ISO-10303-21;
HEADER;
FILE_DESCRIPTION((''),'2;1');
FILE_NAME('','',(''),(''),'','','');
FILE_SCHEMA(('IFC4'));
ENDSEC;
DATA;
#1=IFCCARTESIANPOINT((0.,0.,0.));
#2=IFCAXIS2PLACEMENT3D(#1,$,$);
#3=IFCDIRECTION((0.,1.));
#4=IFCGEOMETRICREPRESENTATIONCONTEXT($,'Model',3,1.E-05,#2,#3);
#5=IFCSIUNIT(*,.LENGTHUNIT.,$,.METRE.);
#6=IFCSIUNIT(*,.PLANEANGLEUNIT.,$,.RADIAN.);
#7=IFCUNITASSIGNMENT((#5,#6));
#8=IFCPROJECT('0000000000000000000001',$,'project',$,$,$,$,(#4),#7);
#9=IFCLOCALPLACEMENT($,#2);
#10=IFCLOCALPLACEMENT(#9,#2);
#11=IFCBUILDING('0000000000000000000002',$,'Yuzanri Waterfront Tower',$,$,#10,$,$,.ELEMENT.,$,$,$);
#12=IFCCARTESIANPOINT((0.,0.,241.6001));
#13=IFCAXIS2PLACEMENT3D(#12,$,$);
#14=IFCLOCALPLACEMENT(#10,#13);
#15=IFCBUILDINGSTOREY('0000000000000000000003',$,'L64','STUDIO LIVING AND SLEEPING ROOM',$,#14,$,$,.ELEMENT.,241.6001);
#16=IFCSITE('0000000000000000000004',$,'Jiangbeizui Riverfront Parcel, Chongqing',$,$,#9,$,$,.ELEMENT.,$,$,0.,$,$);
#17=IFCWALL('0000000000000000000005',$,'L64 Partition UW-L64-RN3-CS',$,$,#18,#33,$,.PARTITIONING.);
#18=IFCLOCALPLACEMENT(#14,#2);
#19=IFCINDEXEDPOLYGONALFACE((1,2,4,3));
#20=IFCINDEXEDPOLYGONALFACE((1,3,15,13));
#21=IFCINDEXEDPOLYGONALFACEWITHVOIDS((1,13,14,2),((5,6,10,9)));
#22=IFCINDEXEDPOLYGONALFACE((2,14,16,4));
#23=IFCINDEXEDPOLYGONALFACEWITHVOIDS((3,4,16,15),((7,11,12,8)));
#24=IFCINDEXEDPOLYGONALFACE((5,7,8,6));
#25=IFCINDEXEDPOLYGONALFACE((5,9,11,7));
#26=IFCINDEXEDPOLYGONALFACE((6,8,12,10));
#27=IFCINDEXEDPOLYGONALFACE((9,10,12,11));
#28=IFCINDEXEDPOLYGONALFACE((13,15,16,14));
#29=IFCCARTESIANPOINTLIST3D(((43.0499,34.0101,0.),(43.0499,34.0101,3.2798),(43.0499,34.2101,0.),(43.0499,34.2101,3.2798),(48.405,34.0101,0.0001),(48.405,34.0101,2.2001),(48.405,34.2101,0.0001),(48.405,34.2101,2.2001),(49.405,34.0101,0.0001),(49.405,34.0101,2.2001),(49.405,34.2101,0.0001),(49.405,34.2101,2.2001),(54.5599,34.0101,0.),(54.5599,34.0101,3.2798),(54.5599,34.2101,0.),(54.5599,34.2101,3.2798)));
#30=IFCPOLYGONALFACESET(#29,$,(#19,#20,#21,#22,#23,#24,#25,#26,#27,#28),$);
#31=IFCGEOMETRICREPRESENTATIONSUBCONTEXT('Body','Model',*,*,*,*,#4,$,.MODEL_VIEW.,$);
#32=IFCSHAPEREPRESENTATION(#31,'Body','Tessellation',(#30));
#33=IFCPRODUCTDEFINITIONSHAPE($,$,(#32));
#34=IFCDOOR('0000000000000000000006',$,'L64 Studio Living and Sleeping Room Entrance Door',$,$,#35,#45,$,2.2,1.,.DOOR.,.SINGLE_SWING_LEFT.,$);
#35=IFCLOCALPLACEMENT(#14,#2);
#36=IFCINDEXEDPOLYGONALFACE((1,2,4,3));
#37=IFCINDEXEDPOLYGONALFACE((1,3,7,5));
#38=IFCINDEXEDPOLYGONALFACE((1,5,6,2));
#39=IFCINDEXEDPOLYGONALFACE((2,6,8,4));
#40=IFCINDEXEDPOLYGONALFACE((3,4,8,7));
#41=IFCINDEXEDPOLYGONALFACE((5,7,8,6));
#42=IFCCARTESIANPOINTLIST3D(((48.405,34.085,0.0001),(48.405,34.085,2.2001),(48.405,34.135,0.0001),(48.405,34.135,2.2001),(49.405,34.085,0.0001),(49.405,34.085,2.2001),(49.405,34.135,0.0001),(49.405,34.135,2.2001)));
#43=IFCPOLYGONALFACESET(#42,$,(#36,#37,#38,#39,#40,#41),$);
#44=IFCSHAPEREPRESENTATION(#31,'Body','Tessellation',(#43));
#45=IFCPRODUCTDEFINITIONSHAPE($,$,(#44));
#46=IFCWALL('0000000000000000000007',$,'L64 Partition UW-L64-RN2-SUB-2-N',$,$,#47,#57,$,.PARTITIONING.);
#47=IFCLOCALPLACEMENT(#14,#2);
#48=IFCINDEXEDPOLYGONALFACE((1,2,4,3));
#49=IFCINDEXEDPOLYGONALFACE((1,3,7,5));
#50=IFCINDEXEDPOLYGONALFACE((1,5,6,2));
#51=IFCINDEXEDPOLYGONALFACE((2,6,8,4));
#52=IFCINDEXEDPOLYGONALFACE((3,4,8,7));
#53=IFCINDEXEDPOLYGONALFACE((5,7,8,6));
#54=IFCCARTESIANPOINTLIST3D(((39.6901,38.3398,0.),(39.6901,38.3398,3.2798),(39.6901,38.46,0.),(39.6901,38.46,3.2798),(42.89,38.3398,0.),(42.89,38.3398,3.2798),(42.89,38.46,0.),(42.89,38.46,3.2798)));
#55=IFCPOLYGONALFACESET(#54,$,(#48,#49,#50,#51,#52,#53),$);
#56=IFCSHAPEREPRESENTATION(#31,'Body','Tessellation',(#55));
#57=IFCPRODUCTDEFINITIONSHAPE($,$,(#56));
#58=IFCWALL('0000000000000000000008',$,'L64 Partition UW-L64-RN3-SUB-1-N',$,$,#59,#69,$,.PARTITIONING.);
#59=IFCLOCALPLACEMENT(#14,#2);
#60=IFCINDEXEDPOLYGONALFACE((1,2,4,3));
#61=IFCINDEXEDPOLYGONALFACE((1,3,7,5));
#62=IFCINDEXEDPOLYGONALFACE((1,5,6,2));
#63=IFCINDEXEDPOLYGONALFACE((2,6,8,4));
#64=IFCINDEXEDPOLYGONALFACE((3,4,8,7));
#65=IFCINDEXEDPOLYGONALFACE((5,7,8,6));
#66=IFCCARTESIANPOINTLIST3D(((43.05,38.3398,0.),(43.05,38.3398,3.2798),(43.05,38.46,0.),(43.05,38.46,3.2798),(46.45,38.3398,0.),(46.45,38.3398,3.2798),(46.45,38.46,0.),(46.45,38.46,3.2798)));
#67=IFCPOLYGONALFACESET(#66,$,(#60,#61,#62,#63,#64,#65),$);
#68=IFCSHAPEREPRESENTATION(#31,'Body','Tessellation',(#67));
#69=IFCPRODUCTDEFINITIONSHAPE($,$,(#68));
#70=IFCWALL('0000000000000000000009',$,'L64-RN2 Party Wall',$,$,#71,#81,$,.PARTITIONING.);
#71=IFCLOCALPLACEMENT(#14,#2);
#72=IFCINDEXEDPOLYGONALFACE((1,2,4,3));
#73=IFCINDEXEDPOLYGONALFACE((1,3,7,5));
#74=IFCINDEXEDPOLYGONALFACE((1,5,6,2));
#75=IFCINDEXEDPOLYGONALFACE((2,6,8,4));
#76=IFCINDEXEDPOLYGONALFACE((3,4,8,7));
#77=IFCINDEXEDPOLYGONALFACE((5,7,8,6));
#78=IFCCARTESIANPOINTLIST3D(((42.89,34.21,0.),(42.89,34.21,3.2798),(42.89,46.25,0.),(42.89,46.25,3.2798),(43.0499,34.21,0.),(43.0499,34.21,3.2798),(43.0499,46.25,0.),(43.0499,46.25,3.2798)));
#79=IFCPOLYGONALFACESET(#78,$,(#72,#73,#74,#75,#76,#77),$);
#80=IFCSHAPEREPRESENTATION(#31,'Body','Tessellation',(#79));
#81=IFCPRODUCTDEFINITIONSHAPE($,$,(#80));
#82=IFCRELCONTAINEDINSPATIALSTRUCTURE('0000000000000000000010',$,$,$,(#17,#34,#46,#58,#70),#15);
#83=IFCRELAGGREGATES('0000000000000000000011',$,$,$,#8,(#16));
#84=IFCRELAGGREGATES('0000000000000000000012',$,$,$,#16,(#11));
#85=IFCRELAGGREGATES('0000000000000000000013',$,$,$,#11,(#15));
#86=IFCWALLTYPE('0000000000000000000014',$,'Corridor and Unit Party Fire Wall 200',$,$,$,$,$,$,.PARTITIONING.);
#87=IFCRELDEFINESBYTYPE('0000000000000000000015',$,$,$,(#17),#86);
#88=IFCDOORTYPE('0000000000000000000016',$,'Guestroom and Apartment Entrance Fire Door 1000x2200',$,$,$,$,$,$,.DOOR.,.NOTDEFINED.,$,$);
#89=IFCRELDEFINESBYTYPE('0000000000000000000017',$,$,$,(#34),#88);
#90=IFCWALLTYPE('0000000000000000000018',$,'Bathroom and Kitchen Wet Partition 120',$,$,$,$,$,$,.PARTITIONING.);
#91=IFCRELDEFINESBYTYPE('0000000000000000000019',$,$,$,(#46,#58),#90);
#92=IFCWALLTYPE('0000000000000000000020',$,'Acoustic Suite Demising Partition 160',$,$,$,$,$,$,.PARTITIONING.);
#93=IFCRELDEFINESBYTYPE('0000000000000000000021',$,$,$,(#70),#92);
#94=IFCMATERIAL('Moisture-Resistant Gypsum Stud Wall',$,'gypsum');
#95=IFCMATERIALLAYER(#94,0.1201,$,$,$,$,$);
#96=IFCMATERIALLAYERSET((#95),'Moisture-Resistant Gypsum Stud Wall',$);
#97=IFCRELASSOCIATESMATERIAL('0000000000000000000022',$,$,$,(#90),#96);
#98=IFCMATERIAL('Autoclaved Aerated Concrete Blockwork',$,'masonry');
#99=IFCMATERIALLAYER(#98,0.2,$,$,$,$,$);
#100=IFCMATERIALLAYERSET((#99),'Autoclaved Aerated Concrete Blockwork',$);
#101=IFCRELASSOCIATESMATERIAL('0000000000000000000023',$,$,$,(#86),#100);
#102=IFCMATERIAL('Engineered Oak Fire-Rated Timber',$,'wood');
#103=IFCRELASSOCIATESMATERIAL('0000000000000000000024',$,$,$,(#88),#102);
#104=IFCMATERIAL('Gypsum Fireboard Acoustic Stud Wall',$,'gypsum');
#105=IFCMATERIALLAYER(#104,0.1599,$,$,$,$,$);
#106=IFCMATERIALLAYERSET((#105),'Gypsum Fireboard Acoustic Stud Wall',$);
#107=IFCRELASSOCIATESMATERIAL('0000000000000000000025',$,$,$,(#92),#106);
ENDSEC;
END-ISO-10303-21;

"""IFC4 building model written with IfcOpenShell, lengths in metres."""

from ifc_helpers import new_model, si_unit, direction, frame, frame_2d, origin, place, context, subcontext, project, spatial, rectangle, extrude, source, transform, mapped, material, layer, layer_set, type_object, element, fill, save


model = new_model("IFC4")

# Units and contexts
model_context = context("Model", 3, precision=1e-05, world=origin(), true_north=direction((0.0, 1.0)))
body_context = subcontext(model_context, "Body", "Model", "MODEL_VIEW")
ifc_project = project(units=[si_unit("LENGTHUNIT", "METRE"), si_unit("PLANEANGLEUNIT", "RADIAN")], contexts=[model_context])

# Site, building, storey
site_placement = place(None, origin())
site = spatial("IfcSite", under=ifc_project, at=site_placement, Name="Jiangbeizui Riverfront Parcel, Chongqing", CompositionType="ELEMENT", RefElevation=0.0)
building_placement = place(site_placement, origin())
building = spatial("IfcBuilding", under=site, at=building_placement, Name="Yuzanri Waterfront Tower", CompositionType="ELEMENT")
storey_placement = place(building_placement, frame((0.0, 0.0, 241.6001)))
storey = spatial("IfcBuildingStorey", under=building, at=storey_placement, Name="L64", Description="STUDIO LIVING AND SLEEPING ROOM", CompositionType="ELEMENT", Elevation=241.6001)

# Wall, opening, door
ifc_material_1 = material(Name="Moisture-Resistant Gypsum Stud Wall", Category="gypsum")
ifc_layer_1 = layer(ifc_material_1, 0.1201)
ifc_layer_set_1 = layer_set([ifc_layer_1], Name="Moisture-Resistant Gypsum Stud Wall")
wall_type_1 = type_object("IfcWallType", Name="Bathroom and Kitchen Wet Partition 120", PredefinedType="PARTITIONING", material=ifc_layer_set_1)
ifc_material_2 = material(Name="Autoclaved Aerated Concrete Blockwork", Category="masonry")
ifc_layer_2 = layer(ifc_material_2, 0.2)
ifc_layer_set_2 = layer_set([ifc_layer_2], Name="Autoclaved Aerated Concrete Blockwork")
wall_type_2 = type_object("IfcWallType", Name="Corridor and Unit Party Fire Wall 200", PredefinedType="PARTITIONING", material=ifc_layer_set_2)
wall_1_placement = place(storey_placement, frame((43.05, 34.1101, 0.0), z_axis=(0.0, 0.0, 1.0), x_axis=(1.0, 0.0, 0.0)))
wall_1 = element("IfcWall", 1, at=wall_1_placement, inside=storey, type_object=wall_type_2, Name="L64 Partition UW-L64-RN3-CS", PredefinedType="PARTITIONING", context=body_context, shape_type="SweptSolid", body=[
    extrude(rectangle(XDim=11.51, YDim=0.2, at=frame_2d((5.7549, 0.0))), origin(), (0.0, 0.0, 1.0), 3.2798),
])
opening_1_placement = place(wall_1_placement, frame((5.355, 0.0, 0.0)))
opening_1 = element("IfcOpeningElement", 2, at=opening_1_placement, cuts=wall_1, PredefinedType="OPENING", context=body_context, shape_type="SweptSolid", body=[
    extrude(rectangle(XDim=1.0, YDim=2.2, at=frame_2d((0.5, 1.1001))), frame((0.0, 0.1147, 0.0), z_axis=(0.0, -1.0, 0.0), x_axis=(1.0, 0.0, 0.0)), (0.0, 0.0, 1.0), 0.2297),
])
ifc_material_3 = material(Name="Engineered Oak Fire-Rated Timber", Category="wood")
door_type_1 = type_object("IfcDoorType", Name="Guestroom and Apartment Entrance Fire Door 1000x2200", OperationType="NOTDEFINED", PredefinedType="DOOR", material=ifc_material_3)
shared_shape_1 = source(origin(), body_context, "Body", "SweptSolid", [
    extrude(rectangle(XDim=1.0, YDim=2.2, at=frame_2d((0.5, 1.1001))), frame((0.0, 0.0249, 0.0), z_axis=(0.0, -1.0, 0.0), x_axis=(1.0, 0.0, 0.0)), (0.0, 0.0, 1.0), 0.05),
])
door_1_placement = place(opening_1_placement, origin())
door_1 = element("IfcDoor", 3, at=door_1_placement, inside=storey, type_object=door_type_1, Name="L64 Studio Living and Sleeping Room Entrance Door", OperationType="SINGLE_SWING_LEFT", OverallHeight=2.2, OverallWidth=1.0, PredefinedType="DOOR", context=body_context, shape_type="MappedRepresentation", body=[
    mapped(shared_shape_1, transform((0.0, 0.0, 0.0), scale=1.0)),
])
fill(opening_1, door_1)

# Walls
shared_shape_2 = source(origin(), body_context, "Body", "SweptSolid", [
    extrude(rectangle(XDim=3.2, YDim=0.1201, at=frame_2d((1.6001, 0.0))), origin(), (0.0, 0.0, 1.0), 3.2798),
])
wall_2_placement = place(storey_placement, frame((39.6899, 38.3999, 0.0), z_axis=(0.0, 0.0, 1.0), x_axis=(1.0, 0.0, 0.0)))
element("IfcWall", 4, at=wall_2_placement, inside=storey, type_object=wall_type_1, Name="L64 Partition UW-L64-RN2-SUB-2-N", PredefinedType="PARTITIONING", context=body_context, shape_type="MappedRepresentation", body=[
    mapped(shared_shape_2, transform((0.0, 0.0, 0.0), scale=1.0)),
])
shared_shape_3 = source(origin(), body_context, "Body", "SweptSolid", [
    extrude(rectangle(XDim=3.3999, YDim=0.1201, at=frame_2d((1.7, 0.0))), origin(), (0.0, 0.0, 1.0), 3.2798),
])
wall_3_placement = place(storey_placement, frame((43.05, 38.3999, 0.0), z_axis=(0.0, 0.0, 1.0), x_axis=(1.0, 0.0, 0.0)))
element("IfcWall", 5, at=wall_3_placement, inside=storey, type_object=wall_type_1, Name="L64 Partition UW-L64-RN3-SUB-1-N", PredefinedType="PARTITIONING", context=body_context, shape_type="MappedRepresentation", body=[
    mapped(shared_shape_3, transform((0.0, 0.0, 0.0), scale=1.0)),
])
ifc_material_4 = material(Name="Gypsum Fireboard Acoustic Stud Wall", Category="gypsum")
ifc_layer_3 = layer(ifc_material_4, 0.1599)
ifc_layer_set_3 = layer_set([ifc_layer_3], Name="Gypsum Fireboard Acoustic Stud Wall")
wall_type_3 = type_object("IfcWallType", Name="Acoustic Suite Demising Partition 160", PredefinedType="PARTITIONING", material=ifc_layer_set_3)
shared_shape_4 = source(origin(), body_context, "Body", "SweptSolid", [
    extrude(rectangle(XDim=12.04, YDim=0.1599, at=frame_2d((6.02, 0.0))), origin(), (0.0, 0.0, 1.0), 3.2798),
])
wall_4_placement = place(storey_placement, frame((42.97, 34.21, 0.0), z_axis=(0.0, 0.0, 1.0), x_axis=(0.0, 1.0, 0.0)))
element("IfcWall", 6, at=wall_4_placement, inside=storey, type_object=wall_type_3, Name="L64-RN2 Party Wall", PredefinedType="PARTITIONING", context=body_context, shape_type="MappedRepresentation", body=[
    mapped(shared_shape_4, transform((0.0, 0.0, 0.0), scale=1.0)),
])

save(model, "model.ifc")
